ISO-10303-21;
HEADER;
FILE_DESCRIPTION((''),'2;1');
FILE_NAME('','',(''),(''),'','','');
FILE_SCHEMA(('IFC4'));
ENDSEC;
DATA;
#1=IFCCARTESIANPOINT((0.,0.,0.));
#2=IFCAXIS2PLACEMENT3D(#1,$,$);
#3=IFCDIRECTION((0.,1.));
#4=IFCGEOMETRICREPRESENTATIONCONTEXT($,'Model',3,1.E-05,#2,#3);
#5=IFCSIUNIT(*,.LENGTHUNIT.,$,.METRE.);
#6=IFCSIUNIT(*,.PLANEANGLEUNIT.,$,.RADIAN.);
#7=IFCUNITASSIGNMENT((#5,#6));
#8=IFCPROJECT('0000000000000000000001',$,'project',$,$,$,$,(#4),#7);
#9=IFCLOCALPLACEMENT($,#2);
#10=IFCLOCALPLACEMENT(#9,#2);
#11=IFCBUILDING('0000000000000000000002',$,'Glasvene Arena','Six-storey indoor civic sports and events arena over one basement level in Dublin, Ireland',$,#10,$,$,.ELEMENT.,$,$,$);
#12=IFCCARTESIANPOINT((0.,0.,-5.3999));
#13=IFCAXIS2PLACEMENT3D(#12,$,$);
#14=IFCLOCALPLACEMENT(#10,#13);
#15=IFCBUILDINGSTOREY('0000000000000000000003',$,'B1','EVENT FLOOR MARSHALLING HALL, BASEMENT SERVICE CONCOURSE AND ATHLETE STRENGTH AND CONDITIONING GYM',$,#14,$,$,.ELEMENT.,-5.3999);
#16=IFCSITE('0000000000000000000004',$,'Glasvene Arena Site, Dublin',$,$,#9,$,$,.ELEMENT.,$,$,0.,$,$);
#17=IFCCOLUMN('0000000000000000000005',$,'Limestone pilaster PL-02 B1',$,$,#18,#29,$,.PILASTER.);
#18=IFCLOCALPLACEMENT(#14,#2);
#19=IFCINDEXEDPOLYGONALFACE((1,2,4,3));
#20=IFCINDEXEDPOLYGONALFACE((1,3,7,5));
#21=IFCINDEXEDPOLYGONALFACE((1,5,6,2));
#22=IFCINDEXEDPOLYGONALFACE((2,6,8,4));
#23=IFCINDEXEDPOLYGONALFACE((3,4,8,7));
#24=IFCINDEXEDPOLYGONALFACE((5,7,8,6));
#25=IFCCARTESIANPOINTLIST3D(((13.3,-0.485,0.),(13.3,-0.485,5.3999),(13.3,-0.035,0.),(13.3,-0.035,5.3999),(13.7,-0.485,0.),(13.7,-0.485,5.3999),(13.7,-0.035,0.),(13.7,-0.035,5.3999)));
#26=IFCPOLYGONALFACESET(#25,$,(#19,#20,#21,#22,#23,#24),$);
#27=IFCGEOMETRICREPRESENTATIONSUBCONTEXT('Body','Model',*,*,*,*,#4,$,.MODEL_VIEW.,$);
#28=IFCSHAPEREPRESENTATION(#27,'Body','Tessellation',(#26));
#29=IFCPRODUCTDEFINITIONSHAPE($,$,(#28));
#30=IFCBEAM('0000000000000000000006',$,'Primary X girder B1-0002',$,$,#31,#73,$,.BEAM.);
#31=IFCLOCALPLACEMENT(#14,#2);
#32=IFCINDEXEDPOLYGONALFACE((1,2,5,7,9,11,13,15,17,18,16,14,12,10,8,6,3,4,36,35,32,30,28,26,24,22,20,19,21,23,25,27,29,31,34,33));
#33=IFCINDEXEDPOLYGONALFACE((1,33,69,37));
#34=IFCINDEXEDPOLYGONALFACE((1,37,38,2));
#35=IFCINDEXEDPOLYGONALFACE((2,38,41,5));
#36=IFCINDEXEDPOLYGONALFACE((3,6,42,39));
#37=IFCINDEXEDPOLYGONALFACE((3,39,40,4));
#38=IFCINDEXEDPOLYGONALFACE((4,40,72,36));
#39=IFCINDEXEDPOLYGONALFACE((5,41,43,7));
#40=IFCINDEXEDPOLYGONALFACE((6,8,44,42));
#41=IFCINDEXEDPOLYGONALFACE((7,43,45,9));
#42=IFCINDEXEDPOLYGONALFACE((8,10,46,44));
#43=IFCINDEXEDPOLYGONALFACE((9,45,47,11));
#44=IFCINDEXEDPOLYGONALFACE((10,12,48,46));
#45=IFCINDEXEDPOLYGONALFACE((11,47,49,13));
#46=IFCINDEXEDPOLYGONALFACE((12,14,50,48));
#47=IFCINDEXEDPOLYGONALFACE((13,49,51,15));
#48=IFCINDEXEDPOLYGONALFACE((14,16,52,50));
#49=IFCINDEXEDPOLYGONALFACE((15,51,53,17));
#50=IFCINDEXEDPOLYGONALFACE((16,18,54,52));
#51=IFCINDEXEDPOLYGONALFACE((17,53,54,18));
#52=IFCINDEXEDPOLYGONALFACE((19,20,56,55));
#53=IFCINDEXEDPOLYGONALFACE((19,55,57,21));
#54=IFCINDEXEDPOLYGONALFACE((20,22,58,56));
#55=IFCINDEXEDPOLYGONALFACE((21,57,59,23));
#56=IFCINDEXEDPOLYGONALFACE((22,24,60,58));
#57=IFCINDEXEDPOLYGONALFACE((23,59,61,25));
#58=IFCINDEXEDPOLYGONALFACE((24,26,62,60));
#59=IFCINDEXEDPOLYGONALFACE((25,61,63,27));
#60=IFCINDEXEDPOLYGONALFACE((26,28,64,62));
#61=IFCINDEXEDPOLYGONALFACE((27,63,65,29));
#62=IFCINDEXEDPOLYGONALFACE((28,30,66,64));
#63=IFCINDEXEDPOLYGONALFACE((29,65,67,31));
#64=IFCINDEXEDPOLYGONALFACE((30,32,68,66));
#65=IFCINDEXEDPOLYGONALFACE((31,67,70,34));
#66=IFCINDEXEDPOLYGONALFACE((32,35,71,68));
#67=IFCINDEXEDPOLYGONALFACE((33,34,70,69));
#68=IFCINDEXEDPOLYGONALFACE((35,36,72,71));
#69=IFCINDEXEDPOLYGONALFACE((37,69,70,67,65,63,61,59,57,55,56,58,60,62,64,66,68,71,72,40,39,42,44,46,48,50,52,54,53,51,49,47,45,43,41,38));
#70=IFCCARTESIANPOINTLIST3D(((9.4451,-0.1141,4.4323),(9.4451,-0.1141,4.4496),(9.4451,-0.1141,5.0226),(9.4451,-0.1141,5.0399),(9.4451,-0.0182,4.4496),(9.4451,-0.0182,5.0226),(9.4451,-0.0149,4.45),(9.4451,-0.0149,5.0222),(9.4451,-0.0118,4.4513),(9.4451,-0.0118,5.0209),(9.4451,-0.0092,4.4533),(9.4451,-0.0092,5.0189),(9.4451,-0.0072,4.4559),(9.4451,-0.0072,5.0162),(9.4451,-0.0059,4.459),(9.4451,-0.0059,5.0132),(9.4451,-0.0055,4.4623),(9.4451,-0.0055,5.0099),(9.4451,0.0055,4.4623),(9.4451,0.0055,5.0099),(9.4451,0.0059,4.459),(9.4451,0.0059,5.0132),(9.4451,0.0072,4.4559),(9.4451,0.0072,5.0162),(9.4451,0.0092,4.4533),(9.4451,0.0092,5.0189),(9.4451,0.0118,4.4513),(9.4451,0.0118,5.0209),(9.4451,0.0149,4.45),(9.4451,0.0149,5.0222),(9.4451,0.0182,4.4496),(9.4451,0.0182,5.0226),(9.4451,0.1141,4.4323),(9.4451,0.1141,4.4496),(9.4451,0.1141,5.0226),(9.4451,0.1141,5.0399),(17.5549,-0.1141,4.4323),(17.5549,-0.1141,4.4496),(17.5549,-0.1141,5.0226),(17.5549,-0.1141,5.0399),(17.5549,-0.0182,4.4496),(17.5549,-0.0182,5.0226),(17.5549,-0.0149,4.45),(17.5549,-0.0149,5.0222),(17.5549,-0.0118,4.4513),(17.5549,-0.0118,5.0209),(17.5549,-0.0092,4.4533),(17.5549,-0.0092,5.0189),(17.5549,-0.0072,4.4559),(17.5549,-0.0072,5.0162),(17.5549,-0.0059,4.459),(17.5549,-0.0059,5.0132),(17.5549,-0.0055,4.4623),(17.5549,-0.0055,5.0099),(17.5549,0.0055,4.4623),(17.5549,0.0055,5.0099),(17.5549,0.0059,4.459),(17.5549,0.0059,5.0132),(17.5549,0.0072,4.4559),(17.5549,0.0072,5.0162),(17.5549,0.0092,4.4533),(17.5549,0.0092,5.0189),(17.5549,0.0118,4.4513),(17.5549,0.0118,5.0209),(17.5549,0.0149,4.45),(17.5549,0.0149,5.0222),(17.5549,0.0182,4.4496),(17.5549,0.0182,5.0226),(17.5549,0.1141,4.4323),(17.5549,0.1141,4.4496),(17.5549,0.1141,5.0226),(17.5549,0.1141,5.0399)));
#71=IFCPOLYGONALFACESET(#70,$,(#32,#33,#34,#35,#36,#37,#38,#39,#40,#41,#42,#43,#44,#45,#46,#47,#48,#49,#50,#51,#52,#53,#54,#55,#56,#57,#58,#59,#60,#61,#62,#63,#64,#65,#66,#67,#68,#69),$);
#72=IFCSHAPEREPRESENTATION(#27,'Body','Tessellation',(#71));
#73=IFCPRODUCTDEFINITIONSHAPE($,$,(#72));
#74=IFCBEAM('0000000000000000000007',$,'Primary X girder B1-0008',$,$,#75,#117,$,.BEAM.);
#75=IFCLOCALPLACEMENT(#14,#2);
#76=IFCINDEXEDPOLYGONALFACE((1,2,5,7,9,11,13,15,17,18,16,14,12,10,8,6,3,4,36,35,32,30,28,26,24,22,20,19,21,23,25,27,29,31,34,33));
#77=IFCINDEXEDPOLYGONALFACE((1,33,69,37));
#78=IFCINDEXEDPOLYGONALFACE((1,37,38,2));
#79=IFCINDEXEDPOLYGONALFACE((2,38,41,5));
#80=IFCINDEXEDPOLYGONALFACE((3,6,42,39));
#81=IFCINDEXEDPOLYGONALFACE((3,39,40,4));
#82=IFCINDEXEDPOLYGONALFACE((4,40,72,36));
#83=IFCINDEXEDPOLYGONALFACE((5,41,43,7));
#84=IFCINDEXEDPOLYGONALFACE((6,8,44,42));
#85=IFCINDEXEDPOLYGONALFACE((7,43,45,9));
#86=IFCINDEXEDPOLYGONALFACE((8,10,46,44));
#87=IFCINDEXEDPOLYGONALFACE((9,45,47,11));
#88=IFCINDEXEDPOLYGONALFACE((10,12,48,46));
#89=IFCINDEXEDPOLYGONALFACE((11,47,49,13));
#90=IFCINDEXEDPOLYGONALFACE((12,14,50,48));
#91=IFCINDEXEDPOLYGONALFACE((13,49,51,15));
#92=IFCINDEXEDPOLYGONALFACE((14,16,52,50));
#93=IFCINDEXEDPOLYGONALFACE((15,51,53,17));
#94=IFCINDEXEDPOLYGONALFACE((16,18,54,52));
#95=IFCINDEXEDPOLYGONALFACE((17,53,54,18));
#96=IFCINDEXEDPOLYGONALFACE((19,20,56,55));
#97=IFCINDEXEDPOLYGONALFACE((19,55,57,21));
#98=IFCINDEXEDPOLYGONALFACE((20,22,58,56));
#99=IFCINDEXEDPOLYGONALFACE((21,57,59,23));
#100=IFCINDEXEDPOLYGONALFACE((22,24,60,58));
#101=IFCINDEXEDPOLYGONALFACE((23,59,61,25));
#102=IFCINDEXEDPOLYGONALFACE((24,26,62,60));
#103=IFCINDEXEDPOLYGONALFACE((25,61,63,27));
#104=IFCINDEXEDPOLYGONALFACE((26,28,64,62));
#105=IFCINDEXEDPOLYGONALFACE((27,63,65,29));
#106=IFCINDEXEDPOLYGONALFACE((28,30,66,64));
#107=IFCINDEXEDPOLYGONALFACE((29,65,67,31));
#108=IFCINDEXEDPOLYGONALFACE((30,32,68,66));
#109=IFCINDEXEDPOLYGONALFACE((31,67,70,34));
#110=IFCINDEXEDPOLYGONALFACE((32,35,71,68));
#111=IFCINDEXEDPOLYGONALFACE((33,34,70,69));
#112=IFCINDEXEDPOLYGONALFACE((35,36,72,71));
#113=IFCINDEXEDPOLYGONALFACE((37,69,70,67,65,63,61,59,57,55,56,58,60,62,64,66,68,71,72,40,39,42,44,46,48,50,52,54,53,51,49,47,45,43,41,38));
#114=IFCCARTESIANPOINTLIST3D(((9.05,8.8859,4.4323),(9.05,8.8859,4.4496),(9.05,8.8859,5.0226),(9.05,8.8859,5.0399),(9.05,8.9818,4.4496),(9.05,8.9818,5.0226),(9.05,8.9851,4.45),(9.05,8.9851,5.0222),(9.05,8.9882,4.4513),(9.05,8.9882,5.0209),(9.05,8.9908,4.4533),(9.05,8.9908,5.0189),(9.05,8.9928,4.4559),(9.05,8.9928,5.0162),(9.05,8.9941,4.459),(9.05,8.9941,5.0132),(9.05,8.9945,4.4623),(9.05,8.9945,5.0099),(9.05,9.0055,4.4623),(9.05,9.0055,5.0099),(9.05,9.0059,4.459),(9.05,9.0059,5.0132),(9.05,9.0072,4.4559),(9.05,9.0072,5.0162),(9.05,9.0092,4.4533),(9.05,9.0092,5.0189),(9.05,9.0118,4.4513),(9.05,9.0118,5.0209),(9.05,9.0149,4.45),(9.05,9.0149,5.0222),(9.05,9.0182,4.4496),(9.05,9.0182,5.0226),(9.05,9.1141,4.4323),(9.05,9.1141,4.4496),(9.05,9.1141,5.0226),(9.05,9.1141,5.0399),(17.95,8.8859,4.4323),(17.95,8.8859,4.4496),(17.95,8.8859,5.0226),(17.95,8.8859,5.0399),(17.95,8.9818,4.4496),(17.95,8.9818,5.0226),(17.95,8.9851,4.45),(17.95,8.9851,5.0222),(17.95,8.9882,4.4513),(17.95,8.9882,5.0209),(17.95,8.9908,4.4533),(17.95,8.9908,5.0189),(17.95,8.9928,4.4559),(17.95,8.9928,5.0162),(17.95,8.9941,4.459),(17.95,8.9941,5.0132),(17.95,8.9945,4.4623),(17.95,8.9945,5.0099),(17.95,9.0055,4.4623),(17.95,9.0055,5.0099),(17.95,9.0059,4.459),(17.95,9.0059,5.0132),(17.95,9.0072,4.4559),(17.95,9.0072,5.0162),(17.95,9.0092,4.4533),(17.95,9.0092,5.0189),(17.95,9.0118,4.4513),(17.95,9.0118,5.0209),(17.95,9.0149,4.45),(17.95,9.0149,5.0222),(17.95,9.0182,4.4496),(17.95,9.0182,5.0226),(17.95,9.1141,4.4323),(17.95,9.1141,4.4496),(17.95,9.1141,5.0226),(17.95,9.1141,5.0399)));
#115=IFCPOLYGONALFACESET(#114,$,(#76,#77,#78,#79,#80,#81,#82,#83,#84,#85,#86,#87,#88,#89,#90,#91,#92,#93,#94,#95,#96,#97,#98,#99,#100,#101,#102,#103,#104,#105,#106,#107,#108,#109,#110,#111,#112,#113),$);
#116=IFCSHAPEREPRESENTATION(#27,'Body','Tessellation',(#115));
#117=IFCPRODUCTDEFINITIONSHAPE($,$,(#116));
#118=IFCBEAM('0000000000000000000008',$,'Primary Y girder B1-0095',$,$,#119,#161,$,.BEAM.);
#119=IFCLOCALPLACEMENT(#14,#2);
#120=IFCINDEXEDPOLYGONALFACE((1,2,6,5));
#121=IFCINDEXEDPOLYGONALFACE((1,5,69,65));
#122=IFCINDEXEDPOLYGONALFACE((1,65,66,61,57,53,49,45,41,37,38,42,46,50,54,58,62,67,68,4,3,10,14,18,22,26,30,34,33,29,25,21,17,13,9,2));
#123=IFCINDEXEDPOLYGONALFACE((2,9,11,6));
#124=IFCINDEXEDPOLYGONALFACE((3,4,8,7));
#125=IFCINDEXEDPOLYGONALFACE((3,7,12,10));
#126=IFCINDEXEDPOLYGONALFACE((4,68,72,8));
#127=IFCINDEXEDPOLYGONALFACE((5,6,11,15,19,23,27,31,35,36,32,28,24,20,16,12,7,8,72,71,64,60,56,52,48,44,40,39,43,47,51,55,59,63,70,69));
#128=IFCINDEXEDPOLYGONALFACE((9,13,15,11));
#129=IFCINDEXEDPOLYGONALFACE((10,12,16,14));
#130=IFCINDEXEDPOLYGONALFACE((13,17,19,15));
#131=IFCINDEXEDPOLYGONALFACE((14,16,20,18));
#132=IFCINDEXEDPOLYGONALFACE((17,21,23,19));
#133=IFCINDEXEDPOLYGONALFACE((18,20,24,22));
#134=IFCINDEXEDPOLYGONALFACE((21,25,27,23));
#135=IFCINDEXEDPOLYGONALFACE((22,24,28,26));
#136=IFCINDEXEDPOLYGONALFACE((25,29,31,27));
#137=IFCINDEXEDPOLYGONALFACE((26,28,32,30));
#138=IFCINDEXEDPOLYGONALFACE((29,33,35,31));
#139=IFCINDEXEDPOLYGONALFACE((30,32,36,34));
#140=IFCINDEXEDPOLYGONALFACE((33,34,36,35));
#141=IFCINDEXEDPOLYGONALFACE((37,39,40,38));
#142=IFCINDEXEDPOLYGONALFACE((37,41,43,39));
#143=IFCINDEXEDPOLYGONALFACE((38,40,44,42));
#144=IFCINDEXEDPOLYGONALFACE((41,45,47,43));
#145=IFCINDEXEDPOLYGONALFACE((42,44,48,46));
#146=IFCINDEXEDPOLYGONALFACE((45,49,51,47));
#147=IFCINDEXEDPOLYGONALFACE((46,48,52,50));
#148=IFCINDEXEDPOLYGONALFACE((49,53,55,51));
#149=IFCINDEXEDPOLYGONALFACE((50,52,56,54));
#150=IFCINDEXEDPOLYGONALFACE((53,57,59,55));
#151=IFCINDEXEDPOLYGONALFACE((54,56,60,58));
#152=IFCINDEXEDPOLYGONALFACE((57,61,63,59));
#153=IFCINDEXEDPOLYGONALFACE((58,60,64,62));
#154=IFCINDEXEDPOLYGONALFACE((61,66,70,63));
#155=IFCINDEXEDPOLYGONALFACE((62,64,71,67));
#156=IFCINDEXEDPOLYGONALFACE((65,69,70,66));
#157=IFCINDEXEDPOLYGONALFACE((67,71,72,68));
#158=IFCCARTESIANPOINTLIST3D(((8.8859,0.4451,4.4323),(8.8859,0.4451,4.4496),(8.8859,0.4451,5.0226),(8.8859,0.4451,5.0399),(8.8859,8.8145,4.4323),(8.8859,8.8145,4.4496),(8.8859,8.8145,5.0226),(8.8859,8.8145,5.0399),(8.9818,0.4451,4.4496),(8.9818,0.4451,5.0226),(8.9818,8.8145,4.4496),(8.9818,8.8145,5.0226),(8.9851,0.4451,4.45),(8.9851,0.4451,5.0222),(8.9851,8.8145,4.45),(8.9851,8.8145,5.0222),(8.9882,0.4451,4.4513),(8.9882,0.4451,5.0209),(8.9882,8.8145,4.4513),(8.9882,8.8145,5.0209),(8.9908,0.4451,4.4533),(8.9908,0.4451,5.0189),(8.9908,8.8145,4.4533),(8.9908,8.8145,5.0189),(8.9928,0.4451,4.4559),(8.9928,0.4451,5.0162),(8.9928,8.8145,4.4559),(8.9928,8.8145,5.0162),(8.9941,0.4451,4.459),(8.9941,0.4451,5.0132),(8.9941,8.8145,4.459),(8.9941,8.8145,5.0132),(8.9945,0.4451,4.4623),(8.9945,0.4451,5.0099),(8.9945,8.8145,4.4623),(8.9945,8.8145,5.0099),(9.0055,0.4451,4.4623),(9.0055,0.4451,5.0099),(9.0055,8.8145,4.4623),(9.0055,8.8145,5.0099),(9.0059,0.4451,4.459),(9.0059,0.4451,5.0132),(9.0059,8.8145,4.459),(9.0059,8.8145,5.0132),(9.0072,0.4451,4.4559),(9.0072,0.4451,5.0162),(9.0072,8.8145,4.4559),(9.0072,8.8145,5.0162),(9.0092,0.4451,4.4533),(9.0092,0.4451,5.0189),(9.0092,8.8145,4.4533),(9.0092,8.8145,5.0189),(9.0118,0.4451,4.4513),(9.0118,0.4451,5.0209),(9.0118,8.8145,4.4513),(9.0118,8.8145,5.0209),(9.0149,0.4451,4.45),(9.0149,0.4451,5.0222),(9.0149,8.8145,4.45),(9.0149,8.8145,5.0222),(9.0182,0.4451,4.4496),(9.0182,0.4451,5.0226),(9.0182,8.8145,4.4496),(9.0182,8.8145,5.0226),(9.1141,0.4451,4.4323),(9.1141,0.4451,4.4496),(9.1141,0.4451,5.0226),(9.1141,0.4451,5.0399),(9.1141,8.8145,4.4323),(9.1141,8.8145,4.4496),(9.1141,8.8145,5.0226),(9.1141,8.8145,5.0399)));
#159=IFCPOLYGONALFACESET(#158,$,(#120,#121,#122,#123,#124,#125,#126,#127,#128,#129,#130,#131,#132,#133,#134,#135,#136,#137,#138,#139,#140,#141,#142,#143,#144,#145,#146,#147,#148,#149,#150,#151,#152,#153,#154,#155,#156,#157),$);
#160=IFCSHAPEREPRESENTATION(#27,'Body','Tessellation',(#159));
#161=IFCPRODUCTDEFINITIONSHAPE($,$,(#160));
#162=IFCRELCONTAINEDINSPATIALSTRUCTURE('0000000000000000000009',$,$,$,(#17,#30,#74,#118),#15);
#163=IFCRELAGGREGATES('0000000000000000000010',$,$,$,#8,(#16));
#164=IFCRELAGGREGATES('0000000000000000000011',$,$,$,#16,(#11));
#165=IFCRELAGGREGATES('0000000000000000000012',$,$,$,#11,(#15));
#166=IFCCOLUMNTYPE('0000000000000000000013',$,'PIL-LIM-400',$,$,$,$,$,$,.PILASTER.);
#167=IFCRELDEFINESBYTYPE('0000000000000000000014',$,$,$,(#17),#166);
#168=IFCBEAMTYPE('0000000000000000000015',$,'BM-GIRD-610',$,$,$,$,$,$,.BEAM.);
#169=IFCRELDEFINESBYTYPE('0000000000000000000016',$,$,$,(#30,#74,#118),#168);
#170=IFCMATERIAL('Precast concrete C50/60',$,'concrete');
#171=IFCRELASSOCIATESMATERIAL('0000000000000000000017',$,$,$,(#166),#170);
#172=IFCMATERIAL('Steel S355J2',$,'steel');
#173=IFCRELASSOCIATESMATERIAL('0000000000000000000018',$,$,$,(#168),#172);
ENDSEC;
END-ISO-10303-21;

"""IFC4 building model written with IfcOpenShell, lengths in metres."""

from ifc_helpers import new_model, si_unit, direction, frame, origin, origin_2d, place, context, subcontext, project, spatial, rectangle, i_section, extrude, material, material_profile, profile_set, type_object, element, save


model = new_model("IFC4")

# Units and contexts
model_context = context("Model", 3, precision=1e-05, world=origin(), true_north=direction((0.0, 1.0)))
body_context = subcontext(model_context, "Body", "Model", "MODEL_VIEW")
ifc_project = project(units=[si_unit("LENGTHUNIT", "METRE"), si_unit("PLANEANGLEUNIT", "RADIAN")], contexts=[model_context])

# Site, building, storey
site_placement = place(None, origin())
site = spatial("IfcSite", under=ifc_project, at=site_placement, Name="Glasvene Arena Site, Dublin", CompositionType="ELEMENT", RefElevation=0.0)
building_placement = place(site_placement, origin())
building = spatial("IfcBuilding", under=site, at=building_placement, Name="Glasvene Arena", Description="Six-storey indoor civic sports and events arena over one basement level in Dublin, Ireland", CompositionType="ELEMENT")
storey_placement = place(building_placement, frame((0.0, 0.0, -5.3999)))
storey = spatial("IfcBuildingStorey", under=building, at=storey_placement, Name="B1", Description="EVENT FLOOR MARSHALLING HALL, BASEMENT SERVICE CONCOURSE AND ATHLETE STRENGTH AND CONDITIONING GYM", CompositionType="ELEMENT", Elevation=-5.3999)

# Column
ifc_material_1 = material(Name="Steel S355J2", Category="steel")
ifc_material_2 = material(Name="Precast concrete C50/60", Category="concrete")
ifc_material_profile_1 = material_profile(ifc_material_2, rectangle(XDim=0.3999, YDim=0.45, at=origin_2d()), Name="RC 400x450")
ifc_profile_set_1 = profile_set([ifc_material_profile_1], Name="Precast concrete C50/60")
column_type_1 = type_object("IfcColumnType", Name="PIL-LIM-400", PredefinedType="PILASTER", material=ifc_profile_set_1)
column_1_placement = place(storey_placement, frame((13.5, -0.26, 0.0), z_axis=(0.0, 0.0, 1.0), x_axis=(1.0, 0.0, 0.0)))
element("IfcColumn", 1, at=column_1_placement, inside=storey, type_object=column_type_1, Name="Limestone pilaster PL-02 B1", PredefinedType="PILASTER", context=body_context, shape_type="SweptSolid", body=[
    extrude(rectangle(XDim=0.3999, YDim=0.45, at=origin_2d()), origin(), (0.0, 0.0, 1.0), 5.3999),
])

# Beams
ifc_material_profile_2 = material_profile(ifc_material_1, i_section(OverallWidth=0.2283, OverallDepth=0.6077, WebThickness=0.011, FlangeThickness=0.0173, FilletRadius=0.0127, at=origin_2d()), Name="UKB 610x229x113")
ifc_profile_set_2 = profile_set([ifc_material_profile_2], Name="Steel S355J2")
beam_type_1 = type_object("IfcBeamType", Name="BM-GIRD-610", PredefinedType="BEAM", material=ifc_profile_set_2)
beam_1_placement = place(storey_placement, frame((9.4451, 0.0, 4.7361), z_axis=(1.0, 0.0, 0.0), x_axis=(0.0, 1.0, 0.0)))
element("IfcBeam", 2, at=beam_1_placement, inside=storey, type_object=beam_type_1, Name="Primary X girder B1-0002", PredefinedType="BEAM", context=body_context, shape_type="SweptSolid", body=[
    extrude(i_section(OverallWidth=0.2283, OverallDepth=0.6077, WebThickness=0.011, FlangeThickness=0.0173, FilletRadius=0.0127, at=origin_2d()), origin(), (0.0, 0.0, 1.0), 8.1099),
])
beam_2_placement = place(storey_placement, frame((9.05, 9.0, 4.7361), z_axis=(1.0, 0.0, 0.0), x_axis=(0.0, 1.0, 0.0)))
element("IfcBeam", 3, at=beam_2_placement, inside=storey, type_object=beam_type_1, Name="Primary X girder B1-0008", PredefinedType="BEAM", context=body_context, shape_type="SweptSolid", body=[
    extrude(i_section(OverallWidth=0.2283, OverallDepth=0.6077, WebThickness=0.011, FlangeThickness=0.0173, FilletRadius=0.0127, at=origin_2d()), origin(), (0.0, 0.0, 1.0), 8.8999),
])
beam_3_placement = place(storey_placement, frame((9.0, 0.4451, 4.7361), z_axis=(0.0, 1.0, 0.0), x_axis=(-1.0, 0.0, 0.0)))
element("IfcBeam", 4, at=beam_3_placement, inside=storey, type_object=beam_type_1, Name="Primary Y girder B1-0095", PredefinedType="BEAM", context=body_context, shape_type="SweptSolid", body=[
    extrude(i_section(OverallWidth=0.2283, OverallDepth=0.6077, WebThickness=0.011, FlangeThickness=0.0173, FilletRadius=0.0127, at=origin_2d()), origin(), (0.0, 0.0, 1.0), 8.3694),
])

save(model, "model.ifc")
